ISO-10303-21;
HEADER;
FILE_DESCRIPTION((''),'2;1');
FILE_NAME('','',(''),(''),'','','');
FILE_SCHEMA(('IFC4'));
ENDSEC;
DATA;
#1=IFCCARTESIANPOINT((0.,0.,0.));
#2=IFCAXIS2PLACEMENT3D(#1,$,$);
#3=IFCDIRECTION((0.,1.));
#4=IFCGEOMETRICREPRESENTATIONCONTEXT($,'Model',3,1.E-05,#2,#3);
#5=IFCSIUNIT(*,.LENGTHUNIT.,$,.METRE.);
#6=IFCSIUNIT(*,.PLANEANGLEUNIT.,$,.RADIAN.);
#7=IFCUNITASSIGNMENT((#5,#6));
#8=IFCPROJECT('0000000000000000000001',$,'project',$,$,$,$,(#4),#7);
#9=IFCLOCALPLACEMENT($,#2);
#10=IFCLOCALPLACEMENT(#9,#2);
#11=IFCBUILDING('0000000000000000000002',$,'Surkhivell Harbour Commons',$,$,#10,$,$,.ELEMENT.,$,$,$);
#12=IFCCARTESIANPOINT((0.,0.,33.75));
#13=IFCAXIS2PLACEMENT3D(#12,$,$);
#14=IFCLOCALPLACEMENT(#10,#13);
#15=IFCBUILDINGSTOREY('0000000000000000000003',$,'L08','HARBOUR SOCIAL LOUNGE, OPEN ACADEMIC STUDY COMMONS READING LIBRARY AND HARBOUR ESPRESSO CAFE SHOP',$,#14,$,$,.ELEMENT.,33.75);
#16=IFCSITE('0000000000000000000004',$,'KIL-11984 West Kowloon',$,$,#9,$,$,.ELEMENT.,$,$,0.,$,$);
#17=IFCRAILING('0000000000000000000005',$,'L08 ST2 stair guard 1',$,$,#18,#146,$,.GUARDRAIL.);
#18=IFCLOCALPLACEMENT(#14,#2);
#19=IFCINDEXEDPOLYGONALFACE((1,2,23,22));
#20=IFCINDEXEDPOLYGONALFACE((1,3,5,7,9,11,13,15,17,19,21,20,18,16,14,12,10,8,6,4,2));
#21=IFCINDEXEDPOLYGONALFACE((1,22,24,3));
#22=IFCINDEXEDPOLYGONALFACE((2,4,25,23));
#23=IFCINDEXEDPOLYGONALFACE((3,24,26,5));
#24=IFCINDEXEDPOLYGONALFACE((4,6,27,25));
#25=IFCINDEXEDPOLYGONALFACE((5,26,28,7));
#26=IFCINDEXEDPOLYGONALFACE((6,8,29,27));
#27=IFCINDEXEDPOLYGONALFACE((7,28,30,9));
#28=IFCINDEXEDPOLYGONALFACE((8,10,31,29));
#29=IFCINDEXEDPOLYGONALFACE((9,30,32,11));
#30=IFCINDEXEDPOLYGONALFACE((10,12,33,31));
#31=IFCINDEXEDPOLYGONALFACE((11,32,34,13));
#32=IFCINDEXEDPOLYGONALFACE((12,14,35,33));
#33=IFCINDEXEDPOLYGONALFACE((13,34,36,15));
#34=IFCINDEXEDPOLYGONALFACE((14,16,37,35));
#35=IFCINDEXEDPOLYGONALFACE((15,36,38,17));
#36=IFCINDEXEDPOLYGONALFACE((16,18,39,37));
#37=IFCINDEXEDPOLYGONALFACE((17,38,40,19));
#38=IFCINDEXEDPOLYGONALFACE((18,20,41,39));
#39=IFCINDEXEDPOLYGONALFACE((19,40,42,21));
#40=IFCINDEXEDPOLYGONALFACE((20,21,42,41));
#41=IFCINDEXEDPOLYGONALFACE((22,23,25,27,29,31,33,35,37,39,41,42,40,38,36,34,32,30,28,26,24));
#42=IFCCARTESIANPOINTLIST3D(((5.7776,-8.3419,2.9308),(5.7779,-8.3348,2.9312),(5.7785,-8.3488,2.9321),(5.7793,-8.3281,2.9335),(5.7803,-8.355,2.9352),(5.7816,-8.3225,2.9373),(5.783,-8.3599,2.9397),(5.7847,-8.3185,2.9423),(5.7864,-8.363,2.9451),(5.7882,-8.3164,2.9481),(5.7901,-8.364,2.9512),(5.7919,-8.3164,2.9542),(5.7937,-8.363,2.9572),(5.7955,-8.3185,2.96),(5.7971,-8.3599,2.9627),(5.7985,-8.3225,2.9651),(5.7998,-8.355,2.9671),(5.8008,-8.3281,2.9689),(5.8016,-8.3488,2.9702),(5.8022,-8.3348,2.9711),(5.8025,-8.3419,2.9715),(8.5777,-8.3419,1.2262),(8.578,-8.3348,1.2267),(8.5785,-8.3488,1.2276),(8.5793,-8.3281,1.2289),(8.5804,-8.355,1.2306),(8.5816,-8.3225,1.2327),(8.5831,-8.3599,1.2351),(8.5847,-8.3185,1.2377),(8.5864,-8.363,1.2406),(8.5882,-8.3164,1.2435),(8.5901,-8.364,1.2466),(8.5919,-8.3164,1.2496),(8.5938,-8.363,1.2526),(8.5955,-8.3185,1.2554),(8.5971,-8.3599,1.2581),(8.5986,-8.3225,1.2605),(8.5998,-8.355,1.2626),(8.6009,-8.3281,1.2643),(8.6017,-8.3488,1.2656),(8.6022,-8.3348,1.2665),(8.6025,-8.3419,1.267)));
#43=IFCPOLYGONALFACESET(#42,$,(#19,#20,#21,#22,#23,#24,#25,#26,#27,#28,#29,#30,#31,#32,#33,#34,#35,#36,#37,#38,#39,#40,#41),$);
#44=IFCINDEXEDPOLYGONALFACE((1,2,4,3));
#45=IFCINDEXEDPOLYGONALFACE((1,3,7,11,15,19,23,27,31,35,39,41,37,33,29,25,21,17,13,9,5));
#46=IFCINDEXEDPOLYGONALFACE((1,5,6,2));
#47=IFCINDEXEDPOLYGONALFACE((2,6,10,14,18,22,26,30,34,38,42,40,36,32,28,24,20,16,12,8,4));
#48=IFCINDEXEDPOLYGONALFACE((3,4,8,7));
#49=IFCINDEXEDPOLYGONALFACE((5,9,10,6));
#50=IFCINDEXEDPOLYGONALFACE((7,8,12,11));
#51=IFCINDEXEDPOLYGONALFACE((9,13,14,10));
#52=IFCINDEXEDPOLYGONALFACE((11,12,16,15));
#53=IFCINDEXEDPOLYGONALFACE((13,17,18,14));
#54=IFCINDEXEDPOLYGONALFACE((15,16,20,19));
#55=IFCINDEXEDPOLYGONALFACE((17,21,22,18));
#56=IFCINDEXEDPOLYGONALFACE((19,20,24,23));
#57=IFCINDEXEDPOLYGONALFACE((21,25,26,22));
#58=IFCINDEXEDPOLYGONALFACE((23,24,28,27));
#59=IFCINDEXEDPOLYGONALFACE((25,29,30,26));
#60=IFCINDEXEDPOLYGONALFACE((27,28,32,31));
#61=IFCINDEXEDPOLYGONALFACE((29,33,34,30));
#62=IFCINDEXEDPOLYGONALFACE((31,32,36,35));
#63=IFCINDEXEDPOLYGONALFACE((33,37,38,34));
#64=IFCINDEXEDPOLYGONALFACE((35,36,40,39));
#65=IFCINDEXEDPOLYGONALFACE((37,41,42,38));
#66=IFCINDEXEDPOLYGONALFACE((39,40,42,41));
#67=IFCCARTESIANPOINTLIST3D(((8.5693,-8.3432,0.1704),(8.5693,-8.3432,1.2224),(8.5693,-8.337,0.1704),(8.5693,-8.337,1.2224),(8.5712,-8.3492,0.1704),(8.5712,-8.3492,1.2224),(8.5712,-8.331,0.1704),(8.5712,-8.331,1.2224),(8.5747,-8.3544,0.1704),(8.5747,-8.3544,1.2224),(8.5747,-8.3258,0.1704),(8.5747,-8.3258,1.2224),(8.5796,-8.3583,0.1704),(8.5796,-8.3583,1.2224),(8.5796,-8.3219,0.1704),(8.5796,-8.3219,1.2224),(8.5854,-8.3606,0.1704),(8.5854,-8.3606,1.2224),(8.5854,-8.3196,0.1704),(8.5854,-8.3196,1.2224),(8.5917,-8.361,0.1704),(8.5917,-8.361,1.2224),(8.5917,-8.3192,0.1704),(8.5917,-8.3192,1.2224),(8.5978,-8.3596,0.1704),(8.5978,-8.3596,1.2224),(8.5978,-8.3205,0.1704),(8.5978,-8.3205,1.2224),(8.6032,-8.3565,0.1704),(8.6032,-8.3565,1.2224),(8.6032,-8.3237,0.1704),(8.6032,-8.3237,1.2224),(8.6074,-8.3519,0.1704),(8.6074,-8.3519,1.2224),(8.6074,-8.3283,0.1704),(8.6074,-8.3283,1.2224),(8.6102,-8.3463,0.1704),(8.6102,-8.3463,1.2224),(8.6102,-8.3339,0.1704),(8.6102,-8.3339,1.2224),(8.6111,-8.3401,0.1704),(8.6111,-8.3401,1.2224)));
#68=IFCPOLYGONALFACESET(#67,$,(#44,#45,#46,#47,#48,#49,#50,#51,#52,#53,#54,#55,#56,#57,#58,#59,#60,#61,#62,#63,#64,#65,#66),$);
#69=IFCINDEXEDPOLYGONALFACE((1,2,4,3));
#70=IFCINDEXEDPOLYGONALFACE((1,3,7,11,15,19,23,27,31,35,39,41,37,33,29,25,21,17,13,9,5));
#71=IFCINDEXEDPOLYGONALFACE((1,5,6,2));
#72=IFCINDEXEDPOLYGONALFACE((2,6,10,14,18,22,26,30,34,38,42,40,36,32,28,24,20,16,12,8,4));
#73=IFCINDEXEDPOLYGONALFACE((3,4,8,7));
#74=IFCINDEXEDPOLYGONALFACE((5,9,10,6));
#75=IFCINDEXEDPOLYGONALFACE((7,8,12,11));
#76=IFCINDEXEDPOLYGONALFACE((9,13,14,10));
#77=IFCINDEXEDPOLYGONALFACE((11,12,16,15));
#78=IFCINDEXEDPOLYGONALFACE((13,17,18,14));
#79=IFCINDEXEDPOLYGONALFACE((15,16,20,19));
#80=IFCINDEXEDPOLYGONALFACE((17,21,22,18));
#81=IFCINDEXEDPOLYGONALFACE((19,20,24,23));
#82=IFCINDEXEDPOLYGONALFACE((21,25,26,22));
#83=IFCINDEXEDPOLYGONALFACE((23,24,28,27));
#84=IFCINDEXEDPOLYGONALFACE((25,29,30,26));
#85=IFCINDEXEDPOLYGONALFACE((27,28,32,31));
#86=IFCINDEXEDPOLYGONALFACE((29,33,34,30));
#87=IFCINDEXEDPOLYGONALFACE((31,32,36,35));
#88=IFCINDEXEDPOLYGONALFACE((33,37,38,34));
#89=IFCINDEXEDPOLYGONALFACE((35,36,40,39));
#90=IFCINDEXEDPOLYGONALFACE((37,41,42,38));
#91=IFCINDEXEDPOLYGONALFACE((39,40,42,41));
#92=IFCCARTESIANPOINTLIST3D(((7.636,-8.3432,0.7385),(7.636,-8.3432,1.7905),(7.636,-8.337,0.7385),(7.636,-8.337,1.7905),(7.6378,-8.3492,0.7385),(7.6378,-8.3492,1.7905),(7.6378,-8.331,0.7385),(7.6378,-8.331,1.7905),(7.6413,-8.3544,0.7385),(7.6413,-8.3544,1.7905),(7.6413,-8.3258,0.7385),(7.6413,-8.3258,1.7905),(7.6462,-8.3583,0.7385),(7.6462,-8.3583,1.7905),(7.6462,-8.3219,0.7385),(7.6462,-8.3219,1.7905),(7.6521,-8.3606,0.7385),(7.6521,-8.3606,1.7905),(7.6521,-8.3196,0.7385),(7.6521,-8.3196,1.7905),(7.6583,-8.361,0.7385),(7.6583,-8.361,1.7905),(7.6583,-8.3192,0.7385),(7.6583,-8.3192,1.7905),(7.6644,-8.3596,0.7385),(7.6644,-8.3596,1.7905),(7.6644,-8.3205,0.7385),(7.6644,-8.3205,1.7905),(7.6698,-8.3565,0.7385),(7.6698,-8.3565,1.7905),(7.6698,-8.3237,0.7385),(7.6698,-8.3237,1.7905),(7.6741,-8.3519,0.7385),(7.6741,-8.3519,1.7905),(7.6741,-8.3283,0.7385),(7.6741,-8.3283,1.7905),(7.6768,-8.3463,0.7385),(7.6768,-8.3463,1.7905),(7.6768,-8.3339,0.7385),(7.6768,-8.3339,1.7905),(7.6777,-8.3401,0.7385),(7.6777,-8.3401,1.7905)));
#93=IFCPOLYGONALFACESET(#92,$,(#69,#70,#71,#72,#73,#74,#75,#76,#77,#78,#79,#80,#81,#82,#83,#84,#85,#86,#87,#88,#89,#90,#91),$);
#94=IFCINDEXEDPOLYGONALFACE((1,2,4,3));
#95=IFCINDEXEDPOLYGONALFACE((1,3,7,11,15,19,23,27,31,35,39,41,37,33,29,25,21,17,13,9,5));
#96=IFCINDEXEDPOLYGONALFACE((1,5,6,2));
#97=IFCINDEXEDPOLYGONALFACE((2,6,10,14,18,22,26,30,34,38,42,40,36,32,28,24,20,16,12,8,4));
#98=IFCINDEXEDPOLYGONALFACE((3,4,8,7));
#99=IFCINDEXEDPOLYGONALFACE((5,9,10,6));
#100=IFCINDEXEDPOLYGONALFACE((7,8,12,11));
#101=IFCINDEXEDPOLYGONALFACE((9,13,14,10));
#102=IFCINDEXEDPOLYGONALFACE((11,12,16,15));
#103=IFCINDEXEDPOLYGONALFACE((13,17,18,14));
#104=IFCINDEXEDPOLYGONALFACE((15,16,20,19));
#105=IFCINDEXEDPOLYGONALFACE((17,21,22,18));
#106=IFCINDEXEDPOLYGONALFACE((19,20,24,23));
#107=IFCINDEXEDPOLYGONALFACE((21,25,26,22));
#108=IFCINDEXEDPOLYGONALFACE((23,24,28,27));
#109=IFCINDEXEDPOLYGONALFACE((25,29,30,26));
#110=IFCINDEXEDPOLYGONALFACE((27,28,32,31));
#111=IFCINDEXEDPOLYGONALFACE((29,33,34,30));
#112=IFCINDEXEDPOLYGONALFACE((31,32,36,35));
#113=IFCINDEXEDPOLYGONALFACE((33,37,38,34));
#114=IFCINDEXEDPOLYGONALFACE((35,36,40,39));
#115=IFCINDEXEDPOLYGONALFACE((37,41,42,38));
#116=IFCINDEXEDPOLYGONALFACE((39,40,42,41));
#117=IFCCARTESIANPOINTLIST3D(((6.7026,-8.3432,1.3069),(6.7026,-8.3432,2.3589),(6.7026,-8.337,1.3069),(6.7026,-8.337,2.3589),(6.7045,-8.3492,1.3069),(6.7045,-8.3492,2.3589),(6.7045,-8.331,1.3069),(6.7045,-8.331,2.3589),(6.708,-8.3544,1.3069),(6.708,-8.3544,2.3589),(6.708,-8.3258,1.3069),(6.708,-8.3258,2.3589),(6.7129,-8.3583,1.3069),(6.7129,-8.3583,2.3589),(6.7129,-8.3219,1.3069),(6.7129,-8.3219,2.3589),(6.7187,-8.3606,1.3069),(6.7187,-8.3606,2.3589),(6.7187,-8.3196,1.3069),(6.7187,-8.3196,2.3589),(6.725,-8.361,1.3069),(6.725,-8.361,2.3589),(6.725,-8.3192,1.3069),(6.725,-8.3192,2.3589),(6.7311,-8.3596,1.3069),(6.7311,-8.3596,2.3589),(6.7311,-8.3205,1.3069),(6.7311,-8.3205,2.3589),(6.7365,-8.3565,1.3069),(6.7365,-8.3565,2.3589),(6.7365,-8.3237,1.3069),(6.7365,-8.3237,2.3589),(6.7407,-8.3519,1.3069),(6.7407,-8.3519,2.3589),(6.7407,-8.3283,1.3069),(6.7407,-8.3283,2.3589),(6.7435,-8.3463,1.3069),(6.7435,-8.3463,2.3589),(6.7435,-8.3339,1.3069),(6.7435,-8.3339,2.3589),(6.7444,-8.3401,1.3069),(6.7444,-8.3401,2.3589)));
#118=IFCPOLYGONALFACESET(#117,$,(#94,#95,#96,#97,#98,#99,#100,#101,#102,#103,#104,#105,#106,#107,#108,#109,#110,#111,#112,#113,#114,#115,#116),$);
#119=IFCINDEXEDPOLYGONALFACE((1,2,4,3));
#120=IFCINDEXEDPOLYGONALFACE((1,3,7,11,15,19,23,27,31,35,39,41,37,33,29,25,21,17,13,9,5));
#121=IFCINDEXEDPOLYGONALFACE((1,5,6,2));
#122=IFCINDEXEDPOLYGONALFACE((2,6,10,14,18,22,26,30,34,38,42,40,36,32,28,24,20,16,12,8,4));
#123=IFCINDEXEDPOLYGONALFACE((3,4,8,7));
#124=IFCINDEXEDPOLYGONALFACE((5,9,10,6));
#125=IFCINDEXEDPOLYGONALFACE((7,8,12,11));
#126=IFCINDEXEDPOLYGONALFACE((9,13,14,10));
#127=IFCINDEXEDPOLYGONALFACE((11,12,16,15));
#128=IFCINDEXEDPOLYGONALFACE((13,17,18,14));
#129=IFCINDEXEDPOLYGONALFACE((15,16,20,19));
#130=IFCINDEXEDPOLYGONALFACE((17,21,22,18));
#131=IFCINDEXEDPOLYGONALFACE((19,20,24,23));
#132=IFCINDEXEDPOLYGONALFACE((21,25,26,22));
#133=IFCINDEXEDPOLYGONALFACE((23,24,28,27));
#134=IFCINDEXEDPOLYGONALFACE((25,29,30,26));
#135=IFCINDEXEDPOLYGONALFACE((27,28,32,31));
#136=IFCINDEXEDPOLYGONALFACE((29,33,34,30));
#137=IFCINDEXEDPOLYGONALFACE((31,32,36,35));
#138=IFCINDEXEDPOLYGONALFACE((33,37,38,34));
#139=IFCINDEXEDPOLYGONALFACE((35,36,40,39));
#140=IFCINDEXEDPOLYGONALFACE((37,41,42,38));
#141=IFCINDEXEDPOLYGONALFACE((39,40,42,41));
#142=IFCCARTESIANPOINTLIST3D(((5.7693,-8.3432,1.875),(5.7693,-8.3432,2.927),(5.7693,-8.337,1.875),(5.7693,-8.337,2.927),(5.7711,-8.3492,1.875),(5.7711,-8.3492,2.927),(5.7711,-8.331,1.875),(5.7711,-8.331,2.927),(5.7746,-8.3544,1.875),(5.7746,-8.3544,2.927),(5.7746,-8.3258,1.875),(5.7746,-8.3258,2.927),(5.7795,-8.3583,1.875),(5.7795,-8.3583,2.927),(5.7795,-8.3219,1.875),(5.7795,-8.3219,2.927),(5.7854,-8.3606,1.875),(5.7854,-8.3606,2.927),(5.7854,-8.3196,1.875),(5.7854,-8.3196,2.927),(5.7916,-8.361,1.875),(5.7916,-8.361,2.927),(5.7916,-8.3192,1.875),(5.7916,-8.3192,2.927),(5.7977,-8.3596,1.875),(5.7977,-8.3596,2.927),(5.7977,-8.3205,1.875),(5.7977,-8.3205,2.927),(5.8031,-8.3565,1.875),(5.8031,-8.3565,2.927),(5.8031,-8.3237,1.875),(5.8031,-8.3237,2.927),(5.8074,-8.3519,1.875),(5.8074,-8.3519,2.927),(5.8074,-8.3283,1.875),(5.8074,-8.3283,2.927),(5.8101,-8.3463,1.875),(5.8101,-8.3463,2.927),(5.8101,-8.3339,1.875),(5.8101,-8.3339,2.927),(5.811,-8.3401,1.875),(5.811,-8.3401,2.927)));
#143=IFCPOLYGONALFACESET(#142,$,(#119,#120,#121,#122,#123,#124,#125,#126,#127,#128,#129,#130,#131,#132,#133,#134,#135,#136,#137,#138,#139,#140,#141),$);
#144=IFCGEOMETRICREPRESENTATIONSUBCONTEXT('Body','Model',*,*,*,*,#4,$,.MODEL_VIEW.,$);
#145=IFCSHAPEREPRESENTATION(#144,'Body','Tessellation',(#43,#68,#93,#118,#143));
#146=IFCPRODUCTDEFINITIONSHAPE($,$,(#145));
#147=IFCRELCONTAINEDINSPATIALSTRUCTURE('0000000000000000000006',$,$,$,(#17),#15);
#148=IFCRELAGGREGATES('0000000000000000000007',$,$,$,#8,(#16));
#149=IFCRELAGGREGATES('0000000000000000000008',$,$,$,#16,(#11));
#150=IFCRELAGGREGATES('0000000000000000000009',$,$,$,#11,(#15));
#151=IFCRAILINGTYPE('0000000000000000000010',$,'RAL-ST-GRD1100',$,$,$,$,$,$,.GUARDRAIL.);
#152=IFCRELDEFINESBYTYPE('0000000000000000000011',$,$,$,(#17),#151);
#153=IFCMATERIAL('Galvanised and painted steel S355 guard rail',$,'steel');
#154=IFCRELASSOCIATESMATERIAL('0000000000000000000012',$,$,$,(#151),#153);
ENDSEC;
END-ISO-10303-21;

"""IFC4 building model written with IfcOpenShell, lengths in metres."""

from ifc_helpers import new_model, si_unit, direction, frame, origin, origin_2d, place, context, subcontext, project, spatial, circle, extrude, material, type_object, element, save


model = new_model("IFC4")

# Units and contexts
model_context = context("Model", 3, precision=1e-05, world=origin(), true_north=direction((0.0, 1.0)))
body_context = subcontext(model_context, "Body", "Model", "MODEL_VIEW")
ifc_project = project(units=[si_unit("LENGTHUNIT", "METRE"), si_unit("PLANEANGLEUNIT", "RADIAN")], contexts=[model_context])

# Site, building, storey
site_placement = place(None, origin())
site = spatial("IfcSite", under=ifc_project, at=site_placement, Name="KIL-11984 West Kowloon", CompositionType="ELEMENT", RefElevation=0.0)
building_placement = place(site_placement, origin())
building = spatial("IfcBuilding", under=site, at=building_placement, Name="Surkhivell Harbour Commons", CompositionType="ELEMENT")
storey_placement = place(building_placement, frame((0.0, 0.0, 33.75)))
storey = spatial("IfcBuildingStorey", under=building, at=storey_placement, Name="L08", Description="HARBOUR SOCIAL LOUNGE, OPEN ACADEMIC STUDY COMMONS READING LIBRARY AND HARBOUR ESPRESSO CAFE SHOP", CompositionType="ELEMENT", Elevation=33.75)

# Railing
ifc_material_1 = material(Name="Galvanised and painted steel S355 guard rail", Category="steel")
railing_type_1 = type_object("IfcRailingType", Name="RAL-ST-GRD1100", PredefinedType="GUARDRAIL", material=ifc_material_1)
railing_1_placement = place(storey_placement, frame((8.5901, -8.3401, 0.1704)))
element("IfcRailing", 1, at=railing_1_placement, inside=storey, type_object=railing_type_1, Name="L08 ST2 stair guard 1", PredefinedType="GUARDRAIL", context=body_context, shape_type="SweptSolid", body=[
    extrude(circle(Radius=0.0239, at=origin_2d()), frame((0.0, 0.0, 1.0762), z_axis=(-0.85417, 0.0, 0.519994), x_axis=(0.0, -1.0, 0.0)), (0.0, 0.0, 1.0), 3.2781),
    extrude(circle(Radius=0.021, at=origin_2d()), origin(), (0.0, 0.0, 1.0), 1.052),
    extrude(circle(Radius=0.021, at=origin_2d()), frame((-0.9333, 0.0, 0.5681)), (0.0, 0.0, 1.0), 1.052),
    extrude(circle(Radius=0.021, at=origin_2d()), frame((-1.8667, 0.0, 1.1365)), (0.0, 0.0, 1.0), 1.052),
    extrude(circle(Radius=0.021, at=origin_2d()), frame((-2.8, 0.0, 1.7046)), (0.0, 0.0, 1.0), 1.052),
])

save(model, "model.ifc")
